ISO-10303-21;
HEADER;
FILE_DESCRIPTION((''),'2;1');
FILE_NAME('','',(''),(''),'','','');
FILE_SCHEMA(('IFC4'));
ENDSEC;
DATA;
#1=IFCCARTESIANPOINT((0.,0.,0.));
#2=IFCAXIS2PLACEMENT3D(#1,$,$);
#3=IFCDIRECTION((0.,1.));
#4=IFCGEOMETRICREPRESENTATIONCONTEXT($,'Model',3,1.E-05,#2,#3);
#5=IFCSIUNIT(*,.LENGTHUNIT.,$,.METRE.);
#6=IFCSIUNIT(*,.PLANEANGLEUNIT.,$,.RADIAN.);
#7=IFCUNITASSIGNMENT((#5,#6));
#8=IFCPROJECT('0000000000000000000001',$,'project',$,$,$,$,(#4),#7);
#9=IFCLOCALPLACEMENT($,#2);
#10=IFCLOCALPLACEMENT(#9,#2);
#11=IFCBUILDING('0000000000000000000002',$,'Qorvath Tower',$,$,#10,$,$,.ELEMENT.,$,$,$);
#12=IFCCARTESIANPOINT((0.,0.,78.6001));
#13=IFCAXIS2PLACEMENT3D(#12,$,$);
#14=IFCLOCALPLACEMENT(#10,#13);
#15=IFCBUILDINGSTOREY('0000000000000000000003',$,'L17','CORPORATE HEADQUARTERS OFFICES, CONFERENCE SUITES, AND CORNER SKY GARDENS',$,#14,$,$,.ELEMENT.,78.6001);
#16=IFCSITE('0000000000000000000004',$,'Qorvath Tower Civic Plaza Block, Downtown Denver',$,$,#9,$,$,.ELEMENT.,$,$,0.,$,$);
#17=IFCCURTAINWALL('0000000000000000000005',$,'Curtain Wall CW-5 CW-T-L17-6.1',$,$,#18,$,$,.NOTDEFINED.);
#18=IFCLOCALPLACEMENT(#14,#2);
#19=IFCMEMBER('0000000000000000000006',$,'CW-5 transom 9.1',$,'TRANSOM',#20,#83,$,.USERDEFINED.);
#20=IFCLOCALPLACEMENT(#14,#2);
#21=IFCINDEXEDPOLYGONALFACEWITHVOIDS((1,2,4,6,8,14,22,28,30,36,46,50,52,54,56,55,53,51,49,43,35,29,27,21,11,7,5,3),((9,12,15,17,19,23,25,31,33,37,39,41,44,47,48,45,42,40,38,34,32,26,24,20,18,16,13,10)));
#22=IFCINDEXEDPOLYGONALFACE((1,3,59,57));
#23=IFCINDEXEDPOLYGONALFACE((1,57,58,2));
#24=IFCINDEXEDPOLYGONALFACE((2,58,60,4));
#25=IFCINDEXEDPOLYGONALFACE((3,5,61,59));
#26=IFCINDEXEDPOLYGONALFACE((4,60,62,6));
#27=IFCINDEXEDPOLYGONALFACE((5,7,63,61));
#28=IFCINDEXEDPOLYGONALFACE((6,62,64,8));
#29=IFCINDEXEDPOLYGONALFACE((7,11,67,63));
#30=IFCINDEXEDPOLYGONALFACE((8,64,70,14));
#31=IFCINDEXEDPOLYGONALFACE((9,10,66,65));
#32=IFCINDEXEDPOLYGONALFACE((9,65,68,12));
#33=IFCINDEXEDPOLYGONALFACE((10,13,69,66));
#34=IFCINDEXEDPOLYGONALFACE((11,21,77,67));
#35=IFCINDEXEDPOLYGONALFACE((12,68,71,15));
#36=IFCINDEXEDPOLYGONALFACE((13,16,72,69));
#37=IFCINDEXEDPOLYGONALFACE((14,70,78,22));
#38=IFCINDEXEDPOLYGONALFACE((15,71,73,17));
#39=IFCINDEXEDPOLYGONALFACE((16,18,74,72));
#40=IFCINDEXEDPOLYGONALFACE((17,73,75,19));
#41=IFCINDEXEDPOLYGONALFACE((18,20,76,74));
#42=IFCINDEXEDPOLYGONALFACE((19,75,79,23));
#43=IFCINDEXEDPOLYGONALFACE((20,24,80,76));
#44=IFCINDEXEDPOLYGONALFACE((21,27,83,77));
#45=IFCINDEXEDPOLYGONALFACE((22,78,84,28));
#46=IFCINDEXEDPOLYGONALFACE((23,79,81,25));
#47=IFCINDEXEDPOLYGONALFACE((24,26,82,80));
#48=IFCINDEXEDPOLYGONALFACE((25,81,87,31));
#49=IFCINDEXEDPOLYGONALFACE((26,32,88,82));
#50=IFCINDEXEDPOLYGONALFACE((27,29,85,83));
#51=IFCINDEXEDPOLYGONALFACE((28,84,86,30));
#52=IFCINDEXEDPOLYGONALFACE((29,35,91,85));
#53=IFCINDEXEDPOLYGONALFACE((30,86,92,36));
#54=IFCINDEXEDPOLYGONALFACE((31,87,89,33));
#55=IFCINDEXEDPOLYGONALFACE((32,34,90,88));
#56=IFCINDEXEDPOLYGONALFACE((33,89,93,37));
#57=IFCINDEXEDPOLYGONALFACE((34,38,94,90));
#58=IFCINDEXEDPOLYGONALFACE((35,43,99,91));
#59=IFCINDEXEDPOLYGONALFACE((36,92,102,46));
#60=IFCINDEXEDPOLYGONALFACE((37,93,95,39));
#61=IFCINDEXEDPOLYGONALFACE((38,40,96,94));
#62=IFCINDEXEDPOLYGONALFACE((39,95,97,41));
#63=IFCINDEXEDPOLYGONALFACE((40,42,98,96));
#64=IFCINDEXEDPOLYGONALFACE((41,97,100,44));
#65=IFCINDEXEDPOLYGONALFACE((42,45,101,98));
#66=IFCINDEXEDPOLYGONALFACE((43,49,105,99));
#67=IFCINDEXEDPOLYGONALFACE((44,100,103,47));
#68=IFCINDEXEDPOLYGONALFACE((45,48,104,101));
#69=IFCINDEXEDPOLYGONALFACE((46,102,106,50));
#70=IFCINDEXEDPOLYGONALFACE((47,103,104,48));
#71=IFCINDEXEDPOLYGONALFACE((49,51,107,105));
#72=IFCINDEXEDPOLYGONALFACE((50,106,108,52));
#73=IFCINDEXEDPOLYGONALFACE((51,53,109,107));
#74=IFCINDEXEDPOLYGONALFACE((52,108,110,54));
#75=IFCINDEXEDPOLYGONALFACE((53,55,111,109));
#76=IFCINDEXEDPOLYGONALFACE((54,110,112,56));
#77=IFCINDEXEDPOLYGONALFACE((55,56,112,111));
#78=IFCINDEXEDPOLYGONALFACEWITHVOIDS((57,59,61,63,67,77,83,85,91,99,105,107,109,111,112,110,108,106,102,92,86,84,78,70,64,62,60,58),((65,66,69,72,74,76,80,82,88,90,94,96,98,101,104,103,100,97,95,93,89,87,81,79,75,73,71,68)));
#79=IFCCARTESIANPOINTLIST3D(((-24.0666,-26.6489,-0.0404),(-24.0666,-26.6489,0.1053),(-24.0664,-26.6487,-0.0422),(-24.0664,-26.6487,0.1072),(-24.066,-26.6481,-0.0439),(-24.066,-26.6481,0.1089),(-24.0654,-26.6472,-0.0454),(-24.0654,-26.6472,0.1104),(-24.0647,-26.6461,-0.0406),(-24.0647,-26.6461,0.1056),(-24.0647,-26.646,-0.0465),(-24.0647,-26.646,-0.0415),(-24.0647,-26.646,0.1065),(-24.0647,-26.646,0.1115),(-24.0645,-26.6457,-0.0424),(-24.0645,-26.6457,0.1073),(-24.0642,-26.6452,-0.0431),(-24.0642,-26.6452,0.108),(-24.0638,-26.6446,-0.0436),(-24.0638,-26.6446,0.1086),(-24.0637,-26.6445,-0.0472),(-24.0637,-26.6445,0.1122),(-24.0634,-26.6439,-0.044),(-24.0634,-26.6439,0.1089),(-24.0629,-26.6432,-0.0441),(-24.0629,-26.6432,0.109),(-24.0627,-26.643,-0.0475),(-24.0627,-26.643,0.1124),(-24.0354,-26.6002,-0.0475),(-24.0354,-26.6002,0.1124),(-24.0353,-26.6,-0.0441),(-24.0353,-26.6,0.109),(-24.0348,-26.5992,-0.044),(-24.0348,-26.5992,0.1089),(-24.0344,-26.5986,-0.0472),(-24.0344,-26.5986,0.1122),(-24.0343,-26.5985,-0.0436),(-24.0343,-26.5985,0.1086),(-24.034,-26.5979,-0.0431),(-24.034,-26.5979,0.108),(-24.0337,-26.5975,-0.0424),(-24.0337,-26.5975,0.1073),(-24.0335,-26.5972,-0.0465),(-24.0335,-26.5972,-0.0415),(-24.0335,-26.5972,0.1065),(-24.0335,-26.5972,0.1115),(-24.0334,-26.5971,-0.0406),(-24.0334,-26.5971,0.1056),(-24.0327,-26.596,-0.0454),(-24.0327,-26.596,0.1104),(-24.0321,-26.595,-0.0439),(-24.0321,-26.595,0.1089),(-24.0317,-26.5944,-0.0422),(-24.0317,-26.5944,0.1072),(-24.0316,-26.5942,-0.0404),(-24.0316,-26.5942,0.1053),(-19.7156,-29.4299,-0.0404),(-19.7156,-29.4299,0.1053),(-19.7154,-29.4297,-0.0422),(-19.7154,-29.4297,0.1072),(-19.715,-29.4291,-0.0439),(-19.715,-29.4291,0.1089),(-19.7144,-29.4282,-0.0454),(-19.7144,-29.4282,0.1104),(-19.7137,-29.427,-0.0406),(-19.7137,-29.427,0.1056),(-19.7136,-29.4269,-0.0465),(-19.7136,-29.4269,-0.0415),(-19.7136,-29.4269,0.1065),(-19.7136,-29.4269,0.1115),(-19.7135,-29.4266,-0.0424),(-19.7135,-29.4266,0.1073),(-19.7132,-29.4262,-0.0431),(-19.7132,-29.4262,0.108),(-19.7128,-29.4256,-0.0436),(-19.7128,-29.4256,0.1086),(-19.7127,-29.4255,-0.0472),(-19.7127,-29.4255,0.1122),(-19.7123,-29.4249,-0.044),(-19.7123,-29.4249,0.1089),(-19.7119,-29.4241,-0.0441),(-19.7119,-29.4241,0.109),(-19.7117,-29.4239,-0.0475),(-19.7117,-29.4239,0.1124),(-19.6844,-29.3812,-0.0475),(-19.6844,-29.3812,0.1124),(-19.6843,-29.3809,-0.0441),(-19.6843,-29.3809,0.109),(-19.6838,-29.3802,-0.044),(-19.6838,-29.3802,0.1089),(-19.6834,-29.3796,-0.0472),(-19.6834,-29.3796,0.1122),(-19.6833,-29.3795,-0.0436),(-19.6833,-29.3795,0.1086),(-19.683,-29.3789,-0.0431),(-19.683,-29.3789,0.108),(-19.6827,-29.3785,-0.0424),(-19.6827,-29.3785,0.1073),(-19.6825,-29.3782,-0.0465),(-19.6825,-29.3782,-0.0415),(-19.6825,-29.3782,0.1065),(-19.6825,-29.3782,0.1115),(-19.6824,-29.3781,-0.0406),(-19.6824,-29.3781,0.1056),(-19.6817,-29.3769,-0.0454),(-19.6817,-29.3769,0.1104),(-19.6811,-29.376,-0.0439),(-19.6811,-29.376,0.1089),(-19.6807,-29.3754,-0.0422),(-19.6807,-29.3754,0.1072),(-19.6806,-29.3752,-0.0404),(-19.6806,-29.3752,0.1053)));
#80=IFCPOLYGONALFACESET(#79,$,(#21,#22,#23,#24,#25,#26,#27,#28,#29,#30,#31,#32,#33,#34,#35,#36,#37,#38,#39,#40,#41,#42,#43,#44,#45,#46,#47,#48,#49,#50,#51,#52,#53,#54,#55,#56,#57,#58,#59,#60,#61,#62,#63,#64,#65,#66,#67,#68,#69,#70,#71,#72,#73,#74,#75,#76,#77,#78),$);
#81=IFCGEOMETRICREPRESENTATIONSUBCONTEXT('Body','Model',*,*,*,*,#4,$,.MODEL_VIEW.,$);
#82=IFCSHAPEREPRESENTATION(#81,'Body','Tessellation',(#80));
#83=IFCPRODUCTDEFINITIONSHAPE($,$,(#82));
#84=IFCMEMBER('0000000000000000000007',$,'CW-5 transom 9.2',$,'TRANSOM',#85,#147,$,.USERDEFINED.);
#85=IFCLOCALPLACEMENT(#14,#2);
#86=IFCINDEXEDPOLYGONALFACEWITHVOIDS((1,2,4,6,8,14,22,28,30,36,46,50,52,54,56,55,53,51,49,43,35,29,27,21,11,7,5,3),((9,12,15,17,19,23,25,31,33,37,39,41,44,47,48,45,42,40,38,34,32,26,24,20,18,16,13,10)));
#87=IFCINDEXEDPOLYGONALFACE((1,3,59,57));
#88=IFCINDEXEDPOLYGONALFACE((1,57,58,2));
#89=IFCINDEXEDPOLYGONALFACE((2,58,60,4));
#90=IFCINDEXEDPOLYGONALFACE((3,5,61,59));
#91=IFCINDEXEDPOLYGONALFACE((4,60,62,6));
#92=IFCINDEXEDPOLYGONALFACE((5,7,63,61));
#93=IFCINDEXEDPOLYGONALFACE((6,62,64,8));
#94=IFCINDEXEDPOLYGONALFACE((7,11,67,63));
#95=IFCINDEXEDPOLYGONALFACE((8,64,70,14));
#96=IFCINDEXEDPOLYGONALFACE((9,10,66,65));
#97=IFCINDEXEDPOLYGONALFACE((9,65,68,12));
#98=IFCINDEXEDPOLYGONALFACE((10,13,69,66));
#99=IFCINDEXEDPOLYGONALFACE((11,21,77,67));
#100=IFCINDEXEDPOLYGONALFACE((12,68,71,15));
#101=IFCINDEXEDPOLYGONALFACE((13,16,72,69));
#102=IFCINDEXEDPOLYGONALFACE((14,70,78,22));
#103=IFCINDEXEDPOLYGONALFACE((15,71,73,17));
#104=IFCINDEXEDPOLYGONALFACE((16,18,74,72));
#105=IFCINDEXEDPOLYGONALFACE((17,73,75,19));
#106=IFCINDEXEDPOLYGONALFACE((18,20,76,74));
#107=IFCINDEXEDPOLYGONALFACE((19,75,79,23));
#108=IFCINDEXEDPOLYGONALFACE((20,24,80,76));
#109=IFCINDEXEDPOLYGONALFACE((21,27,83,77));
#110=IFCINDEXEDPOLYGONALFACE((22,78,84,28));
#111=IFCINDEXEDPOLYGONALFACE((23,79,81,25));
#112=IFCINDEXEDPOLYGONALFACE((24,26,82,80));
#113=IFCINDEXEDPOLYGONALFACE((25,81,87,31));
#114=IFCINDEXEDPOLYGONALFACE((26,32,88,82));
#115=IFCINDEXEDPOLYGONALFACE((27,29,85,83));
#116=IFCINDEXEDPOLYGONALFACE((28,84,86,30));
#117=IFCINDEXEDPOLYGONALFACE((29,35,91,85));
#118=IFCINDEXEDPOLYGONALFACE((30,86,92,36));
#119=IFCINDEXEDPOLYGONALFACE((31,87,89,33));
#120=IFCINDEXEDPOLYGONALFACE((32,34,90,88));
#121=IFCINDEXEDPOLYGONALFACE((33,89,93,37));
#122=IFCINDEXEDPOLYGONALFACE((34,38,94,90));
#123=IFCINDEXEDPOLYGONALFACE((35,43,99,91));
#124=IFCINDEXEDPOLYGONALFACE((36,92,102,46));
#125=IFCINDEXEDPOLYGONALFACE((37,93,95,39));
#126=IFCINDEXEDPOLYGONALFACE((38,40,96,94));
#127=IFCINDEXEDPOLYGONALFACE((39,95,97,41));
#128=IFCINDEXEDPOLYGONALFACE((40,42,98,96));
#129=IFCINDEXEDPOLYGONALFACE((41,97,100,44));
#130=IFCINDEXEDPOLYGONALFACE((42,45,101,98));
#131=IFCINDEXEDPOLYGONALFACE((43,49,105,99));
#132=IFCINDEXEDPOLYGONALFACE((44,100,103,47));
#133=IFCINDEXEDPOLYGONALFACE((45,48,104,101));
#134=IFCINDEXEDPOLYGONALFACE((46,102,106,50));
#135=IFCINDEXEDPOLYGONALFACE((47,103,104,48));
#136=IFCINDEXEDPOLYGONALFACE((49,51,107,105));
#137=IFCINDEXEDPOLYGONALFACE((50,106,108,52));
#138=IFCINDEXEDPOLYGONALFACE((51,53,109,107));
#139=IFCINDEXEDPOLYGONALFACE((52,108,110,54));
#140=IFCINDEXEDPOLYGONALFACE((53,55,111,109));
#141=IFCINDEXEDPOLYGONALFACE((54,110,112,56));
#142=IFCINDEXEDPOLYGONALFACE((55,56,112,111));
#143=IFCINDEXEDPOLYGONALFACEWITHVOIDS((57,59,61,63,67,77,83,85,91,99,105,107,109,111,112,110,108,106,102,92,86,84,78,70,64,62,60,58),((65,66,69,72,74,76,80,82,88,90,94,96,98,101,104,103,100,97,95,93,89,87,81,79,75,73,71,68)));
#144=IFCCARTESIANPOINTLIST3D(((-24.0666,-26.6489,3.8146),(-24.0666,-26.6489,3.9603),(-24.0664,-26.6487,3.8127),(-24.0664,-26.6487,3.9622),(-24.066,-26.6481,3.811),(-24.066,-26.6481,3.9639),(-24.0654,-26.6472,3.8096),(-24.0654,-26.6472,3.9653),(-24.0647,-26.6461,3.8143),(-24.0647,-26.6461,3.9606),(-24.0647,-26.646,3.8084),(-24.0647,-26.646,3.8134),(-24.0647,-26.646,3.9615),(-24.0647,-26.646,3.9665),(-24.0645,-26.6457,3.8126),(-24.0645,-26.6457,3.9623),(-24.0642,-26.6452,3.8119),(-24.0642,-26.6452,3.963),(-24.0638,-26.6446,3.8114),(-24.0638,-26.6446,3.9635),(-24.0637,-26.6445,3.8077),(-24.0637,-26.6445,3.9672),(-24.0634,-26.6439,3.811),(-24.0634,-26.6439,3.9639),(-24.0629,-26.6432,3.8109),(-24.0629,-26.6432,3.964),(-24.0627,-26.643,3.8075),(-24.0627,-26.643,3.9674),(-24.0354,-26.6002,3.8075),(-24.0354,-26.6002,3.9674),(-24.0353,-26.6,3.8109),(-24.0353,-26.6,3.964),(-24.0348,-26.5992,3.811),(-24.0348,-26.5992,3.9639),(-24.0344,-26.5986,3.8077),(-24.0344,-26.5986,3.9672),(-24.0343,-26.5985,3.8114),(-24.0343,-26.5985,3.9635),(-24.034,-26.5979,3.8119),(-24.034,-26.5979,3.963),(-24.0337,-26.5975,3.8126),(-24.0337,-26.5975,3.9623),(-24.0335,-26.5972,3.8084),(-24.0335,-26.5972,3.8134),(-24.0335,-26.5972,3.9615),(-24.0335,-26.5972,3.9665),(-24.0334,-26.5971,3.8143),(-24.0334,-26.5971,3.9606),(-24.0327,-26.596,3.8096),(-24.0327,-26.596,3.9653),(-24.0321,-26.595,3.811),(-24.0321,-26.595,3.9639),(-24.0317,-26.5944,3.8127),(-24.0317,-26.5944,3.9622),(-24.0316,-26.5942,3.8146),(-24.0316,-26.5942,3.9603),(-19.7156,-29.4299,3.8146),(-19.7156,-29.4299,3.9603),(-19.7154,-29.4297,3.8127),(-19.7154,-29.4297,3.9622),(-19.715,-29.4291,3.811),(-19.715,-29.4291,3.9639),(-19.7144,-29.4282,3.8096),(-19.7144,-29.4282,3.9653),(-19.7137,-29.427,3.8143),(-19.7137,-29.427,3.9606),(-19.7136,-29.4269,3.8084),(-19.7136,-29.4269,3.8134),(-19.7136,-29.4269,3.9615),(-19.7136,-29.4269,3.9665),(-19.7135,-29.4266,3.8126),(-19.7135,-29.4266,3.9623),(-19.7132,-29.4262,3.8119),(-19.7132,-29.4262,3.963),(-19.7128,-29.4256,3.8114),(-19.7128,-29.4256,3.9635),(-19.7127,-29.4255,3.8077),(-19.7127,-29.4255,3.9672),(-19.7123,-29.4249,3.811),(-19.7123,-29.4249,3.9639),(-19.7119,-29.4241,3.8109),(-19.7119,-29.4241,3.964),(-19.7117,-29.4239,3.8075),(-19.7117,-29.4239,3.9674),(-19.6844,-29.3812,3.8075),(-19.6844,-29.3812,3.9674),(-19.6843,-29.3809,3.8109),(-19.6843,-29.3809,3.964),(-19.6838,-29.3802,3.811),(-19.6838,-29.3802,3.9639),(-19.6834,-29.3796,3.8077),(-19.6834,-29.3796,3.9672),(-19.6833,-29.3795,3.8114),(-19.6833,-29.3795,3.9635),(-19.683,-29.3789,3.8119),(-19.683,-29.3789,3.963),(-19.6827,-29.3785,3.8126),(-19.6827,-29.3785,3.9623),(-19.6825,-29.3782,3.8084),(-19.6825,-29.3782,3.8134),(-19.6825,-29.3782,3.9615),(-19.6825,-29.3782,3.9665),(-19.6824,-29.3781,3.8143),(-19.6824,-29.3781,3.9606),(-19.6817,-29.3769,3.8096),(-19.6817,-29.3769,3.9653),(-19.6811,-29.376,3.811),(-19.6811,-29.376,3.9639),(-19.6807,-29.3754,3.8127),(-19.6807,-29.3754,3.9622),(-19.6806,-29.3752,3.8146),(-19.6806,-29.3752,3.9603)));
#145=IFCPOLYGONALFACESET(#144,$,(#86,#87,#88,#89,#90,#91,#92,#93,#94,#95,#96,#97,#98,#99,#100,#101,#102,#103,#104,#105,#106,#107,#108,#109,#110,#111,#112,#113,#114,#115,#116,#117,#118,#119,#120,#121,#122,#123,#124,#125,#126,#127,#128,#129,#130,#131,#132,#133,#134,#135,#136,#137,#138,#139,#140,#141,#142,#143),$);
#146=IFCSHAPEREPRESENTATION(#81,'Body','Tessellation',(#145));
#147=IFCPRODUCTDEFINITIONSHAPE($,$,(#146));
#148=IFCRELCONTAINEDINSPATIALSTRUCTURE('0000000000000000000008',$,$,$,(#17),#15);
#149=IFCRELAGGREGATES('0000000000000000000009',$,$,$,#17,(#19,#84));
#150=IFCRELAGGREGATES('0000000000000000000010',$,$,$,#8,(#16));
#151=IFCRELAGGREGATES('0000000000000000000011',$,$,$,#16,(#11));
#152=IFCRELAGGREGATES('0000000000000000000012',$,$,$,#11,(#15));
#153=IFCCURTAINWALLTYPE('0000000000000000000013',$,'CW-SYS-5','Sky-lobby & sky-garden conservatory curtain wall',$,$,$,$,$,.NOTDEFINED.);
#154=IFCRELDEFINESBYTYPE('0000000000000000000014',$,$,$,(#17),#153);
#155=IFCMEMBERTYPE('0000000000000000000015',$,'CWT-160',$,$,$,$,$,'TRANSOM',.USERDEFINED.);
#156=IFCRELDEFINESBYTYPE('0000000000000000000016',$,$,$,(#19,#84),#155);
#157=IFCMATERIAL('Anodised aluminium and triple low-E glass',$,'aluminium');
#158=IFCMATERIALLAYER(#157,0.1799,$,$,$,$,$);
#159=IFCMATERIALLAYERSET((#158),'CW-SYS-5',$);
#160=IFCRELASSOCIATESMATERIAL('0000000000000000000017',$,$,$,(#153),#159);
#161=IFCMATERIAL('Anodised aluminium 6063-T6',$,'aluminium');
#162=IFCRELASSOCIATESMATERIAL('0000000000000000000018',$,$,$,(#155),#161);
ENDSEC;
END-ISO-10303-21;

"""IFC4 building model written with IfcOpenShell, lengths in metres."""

from ifc_helpers import new_model, si_unit, direction, frame, origin, origin_2d, place, context, subcontext, project, spatial, hollow_rectangle, extrude, material, layer, layer_set, material_profile, profile_set, type_object, element, aggregate, save


model = new_model("IFC4")

# Units and contexts
model_context = context("Model", 3, precision=1e-05, world=origin(), true_north=direction((0.0, 1.0)))
body_context = subcontext(model_context, "Body", "Model", "MODEL_VIEW")
ifc_project = project(units=[si_unit("LENGTHUNIT", "METRE"), si_unit("PLANEANGLEUNIT", "RADIAN")], contexts=[model_context])

# Site, building, storey
site_placement = place(None, origin())
site = spatial("IfcSite", under=ifc_project, at=site_placement, Name="Qorvath Tower Civic Plaza Block, Downtown Denver", CompositionType="ELEMENT", RefElevation=0.0)
building_placement = place(site_placement, origin())
building = spatial("IfcBuilding", under=site, at=building_placement, Name="Qorvath Tower", CompositionType="ELEMENT")
storey_placement = place(building_placement, frame((0.0, 0.0, 78.6001)))
storey = spatial("IfcBuildingStorey", under=building, at=storey_placement, Name="L17", Description="CORPORATE HEADQUARTERS OFFICES, CONFERENCE SUITES, AND CORNER SKY GARDENS", CompositionType="ELEMENT", Elevation=78.6001)

# Curtain wall, members
ifc_material_1 = material(Name="Anodised aluminium and triple low-E glass", Category="aluminium")
ifc_layer_1 = layer(ifc_material_1, 0.1799)
ifc_layer_set_1 = layer_set([ifc_layer_1], Name="CW-SYS-5")
curtain_wall_type = type_object("IfcCurtainWallType", Name="CW-SYS-5", Description="Sky-lobby & sky-garden conservatory curtain wall", PredefinedType="NOTDEFINED", material=ifc_layer_set_1)
curtain_wall_placement = place(storey_placement, origin())
curtain_wall = element("IfcCurtainWall", 1, at=curtain_wall_placement, inside=storey, type_object=curtain_wall_type, Name="Curtain Wall CW-5 CW-T-L17-6.1", PredefinedType="NOTDEFINED")
ifc_material_2 = material(Name="Anodised aluminium 6063-T6", Category="aluminium")
ifc_material_profile_1 = material_profile(ifc_material_2, hollow_rectangle(XDim=0.0649, YDim=0.1599, WallThickness=0.0034, InnerFilletRadius=0.0034, OuterFilletRadius=0.0071, at=origin_2d()), Name="CWT 160x65")
ifc_profile_set_1 = profile_set([ifc_material_profile_1], Name="Anodised aluminium 6063-T6")
member_type_1 = type_object("IfcMemberType", Name="CWT-160", ElementType="TRANSOM", PredefinedType="USERDEFINED", material=ifc_profile_set_1)
member_1_placement = place(storey_placement, frame((-24.0491, -26.6216, 0.0325), z_axis=(0.842595, -0.538548, 0.0), x_axis=(0.538548, 0.842595, 0.0)))
member_1 = element("IfcMember", 2, at=member_1_placement, type_object=member_type_1, Name="CW-5 transom 9.1", ObjectType="TRANSOM", PredefinedType="USERDEFINED", context=body_context, shape_type="SweptSolid", body=[
    extrude(hollow_rectangle(XDim=0.0649, YDim=0.1599, WallThickness=0.0034, InnerFilletRadius=0.0034, OuterFilletRadius=0.0071, at=origin_2d()), origin(), (0.0, 0.0, 1.0), 5.1638),
])
member_2_placement = place(storey_placement, frame((-24.0491, -26.6216, 3.8875), z_axis=(0.842595, -0.538548, 0.0), x_axis=(0.538548, 0.842595, 0.0)))
member_2 = element("IfcMember", 3, at=member_2_placement, type_object=member_type_1, Name="CW-5 transom 9.2", ObjectType="TRANSOM", PredefinedType="USERDEFINED", context=body_context, shape_type="SweptSolid", body=[
    extrude(hollow_rectangle(XDim=0.0649, YDim=0.1599, WallThickness=0.0034, InnerFilletRadius=0.0034, OuterFilletRadius=0.0071, at=origin_2d()), origin(), (0.0, 0.0, 1.0), 5.1638),
])
aggregate(curtain_wall, [member_1, member_2])

save(model, "model.ifc")
